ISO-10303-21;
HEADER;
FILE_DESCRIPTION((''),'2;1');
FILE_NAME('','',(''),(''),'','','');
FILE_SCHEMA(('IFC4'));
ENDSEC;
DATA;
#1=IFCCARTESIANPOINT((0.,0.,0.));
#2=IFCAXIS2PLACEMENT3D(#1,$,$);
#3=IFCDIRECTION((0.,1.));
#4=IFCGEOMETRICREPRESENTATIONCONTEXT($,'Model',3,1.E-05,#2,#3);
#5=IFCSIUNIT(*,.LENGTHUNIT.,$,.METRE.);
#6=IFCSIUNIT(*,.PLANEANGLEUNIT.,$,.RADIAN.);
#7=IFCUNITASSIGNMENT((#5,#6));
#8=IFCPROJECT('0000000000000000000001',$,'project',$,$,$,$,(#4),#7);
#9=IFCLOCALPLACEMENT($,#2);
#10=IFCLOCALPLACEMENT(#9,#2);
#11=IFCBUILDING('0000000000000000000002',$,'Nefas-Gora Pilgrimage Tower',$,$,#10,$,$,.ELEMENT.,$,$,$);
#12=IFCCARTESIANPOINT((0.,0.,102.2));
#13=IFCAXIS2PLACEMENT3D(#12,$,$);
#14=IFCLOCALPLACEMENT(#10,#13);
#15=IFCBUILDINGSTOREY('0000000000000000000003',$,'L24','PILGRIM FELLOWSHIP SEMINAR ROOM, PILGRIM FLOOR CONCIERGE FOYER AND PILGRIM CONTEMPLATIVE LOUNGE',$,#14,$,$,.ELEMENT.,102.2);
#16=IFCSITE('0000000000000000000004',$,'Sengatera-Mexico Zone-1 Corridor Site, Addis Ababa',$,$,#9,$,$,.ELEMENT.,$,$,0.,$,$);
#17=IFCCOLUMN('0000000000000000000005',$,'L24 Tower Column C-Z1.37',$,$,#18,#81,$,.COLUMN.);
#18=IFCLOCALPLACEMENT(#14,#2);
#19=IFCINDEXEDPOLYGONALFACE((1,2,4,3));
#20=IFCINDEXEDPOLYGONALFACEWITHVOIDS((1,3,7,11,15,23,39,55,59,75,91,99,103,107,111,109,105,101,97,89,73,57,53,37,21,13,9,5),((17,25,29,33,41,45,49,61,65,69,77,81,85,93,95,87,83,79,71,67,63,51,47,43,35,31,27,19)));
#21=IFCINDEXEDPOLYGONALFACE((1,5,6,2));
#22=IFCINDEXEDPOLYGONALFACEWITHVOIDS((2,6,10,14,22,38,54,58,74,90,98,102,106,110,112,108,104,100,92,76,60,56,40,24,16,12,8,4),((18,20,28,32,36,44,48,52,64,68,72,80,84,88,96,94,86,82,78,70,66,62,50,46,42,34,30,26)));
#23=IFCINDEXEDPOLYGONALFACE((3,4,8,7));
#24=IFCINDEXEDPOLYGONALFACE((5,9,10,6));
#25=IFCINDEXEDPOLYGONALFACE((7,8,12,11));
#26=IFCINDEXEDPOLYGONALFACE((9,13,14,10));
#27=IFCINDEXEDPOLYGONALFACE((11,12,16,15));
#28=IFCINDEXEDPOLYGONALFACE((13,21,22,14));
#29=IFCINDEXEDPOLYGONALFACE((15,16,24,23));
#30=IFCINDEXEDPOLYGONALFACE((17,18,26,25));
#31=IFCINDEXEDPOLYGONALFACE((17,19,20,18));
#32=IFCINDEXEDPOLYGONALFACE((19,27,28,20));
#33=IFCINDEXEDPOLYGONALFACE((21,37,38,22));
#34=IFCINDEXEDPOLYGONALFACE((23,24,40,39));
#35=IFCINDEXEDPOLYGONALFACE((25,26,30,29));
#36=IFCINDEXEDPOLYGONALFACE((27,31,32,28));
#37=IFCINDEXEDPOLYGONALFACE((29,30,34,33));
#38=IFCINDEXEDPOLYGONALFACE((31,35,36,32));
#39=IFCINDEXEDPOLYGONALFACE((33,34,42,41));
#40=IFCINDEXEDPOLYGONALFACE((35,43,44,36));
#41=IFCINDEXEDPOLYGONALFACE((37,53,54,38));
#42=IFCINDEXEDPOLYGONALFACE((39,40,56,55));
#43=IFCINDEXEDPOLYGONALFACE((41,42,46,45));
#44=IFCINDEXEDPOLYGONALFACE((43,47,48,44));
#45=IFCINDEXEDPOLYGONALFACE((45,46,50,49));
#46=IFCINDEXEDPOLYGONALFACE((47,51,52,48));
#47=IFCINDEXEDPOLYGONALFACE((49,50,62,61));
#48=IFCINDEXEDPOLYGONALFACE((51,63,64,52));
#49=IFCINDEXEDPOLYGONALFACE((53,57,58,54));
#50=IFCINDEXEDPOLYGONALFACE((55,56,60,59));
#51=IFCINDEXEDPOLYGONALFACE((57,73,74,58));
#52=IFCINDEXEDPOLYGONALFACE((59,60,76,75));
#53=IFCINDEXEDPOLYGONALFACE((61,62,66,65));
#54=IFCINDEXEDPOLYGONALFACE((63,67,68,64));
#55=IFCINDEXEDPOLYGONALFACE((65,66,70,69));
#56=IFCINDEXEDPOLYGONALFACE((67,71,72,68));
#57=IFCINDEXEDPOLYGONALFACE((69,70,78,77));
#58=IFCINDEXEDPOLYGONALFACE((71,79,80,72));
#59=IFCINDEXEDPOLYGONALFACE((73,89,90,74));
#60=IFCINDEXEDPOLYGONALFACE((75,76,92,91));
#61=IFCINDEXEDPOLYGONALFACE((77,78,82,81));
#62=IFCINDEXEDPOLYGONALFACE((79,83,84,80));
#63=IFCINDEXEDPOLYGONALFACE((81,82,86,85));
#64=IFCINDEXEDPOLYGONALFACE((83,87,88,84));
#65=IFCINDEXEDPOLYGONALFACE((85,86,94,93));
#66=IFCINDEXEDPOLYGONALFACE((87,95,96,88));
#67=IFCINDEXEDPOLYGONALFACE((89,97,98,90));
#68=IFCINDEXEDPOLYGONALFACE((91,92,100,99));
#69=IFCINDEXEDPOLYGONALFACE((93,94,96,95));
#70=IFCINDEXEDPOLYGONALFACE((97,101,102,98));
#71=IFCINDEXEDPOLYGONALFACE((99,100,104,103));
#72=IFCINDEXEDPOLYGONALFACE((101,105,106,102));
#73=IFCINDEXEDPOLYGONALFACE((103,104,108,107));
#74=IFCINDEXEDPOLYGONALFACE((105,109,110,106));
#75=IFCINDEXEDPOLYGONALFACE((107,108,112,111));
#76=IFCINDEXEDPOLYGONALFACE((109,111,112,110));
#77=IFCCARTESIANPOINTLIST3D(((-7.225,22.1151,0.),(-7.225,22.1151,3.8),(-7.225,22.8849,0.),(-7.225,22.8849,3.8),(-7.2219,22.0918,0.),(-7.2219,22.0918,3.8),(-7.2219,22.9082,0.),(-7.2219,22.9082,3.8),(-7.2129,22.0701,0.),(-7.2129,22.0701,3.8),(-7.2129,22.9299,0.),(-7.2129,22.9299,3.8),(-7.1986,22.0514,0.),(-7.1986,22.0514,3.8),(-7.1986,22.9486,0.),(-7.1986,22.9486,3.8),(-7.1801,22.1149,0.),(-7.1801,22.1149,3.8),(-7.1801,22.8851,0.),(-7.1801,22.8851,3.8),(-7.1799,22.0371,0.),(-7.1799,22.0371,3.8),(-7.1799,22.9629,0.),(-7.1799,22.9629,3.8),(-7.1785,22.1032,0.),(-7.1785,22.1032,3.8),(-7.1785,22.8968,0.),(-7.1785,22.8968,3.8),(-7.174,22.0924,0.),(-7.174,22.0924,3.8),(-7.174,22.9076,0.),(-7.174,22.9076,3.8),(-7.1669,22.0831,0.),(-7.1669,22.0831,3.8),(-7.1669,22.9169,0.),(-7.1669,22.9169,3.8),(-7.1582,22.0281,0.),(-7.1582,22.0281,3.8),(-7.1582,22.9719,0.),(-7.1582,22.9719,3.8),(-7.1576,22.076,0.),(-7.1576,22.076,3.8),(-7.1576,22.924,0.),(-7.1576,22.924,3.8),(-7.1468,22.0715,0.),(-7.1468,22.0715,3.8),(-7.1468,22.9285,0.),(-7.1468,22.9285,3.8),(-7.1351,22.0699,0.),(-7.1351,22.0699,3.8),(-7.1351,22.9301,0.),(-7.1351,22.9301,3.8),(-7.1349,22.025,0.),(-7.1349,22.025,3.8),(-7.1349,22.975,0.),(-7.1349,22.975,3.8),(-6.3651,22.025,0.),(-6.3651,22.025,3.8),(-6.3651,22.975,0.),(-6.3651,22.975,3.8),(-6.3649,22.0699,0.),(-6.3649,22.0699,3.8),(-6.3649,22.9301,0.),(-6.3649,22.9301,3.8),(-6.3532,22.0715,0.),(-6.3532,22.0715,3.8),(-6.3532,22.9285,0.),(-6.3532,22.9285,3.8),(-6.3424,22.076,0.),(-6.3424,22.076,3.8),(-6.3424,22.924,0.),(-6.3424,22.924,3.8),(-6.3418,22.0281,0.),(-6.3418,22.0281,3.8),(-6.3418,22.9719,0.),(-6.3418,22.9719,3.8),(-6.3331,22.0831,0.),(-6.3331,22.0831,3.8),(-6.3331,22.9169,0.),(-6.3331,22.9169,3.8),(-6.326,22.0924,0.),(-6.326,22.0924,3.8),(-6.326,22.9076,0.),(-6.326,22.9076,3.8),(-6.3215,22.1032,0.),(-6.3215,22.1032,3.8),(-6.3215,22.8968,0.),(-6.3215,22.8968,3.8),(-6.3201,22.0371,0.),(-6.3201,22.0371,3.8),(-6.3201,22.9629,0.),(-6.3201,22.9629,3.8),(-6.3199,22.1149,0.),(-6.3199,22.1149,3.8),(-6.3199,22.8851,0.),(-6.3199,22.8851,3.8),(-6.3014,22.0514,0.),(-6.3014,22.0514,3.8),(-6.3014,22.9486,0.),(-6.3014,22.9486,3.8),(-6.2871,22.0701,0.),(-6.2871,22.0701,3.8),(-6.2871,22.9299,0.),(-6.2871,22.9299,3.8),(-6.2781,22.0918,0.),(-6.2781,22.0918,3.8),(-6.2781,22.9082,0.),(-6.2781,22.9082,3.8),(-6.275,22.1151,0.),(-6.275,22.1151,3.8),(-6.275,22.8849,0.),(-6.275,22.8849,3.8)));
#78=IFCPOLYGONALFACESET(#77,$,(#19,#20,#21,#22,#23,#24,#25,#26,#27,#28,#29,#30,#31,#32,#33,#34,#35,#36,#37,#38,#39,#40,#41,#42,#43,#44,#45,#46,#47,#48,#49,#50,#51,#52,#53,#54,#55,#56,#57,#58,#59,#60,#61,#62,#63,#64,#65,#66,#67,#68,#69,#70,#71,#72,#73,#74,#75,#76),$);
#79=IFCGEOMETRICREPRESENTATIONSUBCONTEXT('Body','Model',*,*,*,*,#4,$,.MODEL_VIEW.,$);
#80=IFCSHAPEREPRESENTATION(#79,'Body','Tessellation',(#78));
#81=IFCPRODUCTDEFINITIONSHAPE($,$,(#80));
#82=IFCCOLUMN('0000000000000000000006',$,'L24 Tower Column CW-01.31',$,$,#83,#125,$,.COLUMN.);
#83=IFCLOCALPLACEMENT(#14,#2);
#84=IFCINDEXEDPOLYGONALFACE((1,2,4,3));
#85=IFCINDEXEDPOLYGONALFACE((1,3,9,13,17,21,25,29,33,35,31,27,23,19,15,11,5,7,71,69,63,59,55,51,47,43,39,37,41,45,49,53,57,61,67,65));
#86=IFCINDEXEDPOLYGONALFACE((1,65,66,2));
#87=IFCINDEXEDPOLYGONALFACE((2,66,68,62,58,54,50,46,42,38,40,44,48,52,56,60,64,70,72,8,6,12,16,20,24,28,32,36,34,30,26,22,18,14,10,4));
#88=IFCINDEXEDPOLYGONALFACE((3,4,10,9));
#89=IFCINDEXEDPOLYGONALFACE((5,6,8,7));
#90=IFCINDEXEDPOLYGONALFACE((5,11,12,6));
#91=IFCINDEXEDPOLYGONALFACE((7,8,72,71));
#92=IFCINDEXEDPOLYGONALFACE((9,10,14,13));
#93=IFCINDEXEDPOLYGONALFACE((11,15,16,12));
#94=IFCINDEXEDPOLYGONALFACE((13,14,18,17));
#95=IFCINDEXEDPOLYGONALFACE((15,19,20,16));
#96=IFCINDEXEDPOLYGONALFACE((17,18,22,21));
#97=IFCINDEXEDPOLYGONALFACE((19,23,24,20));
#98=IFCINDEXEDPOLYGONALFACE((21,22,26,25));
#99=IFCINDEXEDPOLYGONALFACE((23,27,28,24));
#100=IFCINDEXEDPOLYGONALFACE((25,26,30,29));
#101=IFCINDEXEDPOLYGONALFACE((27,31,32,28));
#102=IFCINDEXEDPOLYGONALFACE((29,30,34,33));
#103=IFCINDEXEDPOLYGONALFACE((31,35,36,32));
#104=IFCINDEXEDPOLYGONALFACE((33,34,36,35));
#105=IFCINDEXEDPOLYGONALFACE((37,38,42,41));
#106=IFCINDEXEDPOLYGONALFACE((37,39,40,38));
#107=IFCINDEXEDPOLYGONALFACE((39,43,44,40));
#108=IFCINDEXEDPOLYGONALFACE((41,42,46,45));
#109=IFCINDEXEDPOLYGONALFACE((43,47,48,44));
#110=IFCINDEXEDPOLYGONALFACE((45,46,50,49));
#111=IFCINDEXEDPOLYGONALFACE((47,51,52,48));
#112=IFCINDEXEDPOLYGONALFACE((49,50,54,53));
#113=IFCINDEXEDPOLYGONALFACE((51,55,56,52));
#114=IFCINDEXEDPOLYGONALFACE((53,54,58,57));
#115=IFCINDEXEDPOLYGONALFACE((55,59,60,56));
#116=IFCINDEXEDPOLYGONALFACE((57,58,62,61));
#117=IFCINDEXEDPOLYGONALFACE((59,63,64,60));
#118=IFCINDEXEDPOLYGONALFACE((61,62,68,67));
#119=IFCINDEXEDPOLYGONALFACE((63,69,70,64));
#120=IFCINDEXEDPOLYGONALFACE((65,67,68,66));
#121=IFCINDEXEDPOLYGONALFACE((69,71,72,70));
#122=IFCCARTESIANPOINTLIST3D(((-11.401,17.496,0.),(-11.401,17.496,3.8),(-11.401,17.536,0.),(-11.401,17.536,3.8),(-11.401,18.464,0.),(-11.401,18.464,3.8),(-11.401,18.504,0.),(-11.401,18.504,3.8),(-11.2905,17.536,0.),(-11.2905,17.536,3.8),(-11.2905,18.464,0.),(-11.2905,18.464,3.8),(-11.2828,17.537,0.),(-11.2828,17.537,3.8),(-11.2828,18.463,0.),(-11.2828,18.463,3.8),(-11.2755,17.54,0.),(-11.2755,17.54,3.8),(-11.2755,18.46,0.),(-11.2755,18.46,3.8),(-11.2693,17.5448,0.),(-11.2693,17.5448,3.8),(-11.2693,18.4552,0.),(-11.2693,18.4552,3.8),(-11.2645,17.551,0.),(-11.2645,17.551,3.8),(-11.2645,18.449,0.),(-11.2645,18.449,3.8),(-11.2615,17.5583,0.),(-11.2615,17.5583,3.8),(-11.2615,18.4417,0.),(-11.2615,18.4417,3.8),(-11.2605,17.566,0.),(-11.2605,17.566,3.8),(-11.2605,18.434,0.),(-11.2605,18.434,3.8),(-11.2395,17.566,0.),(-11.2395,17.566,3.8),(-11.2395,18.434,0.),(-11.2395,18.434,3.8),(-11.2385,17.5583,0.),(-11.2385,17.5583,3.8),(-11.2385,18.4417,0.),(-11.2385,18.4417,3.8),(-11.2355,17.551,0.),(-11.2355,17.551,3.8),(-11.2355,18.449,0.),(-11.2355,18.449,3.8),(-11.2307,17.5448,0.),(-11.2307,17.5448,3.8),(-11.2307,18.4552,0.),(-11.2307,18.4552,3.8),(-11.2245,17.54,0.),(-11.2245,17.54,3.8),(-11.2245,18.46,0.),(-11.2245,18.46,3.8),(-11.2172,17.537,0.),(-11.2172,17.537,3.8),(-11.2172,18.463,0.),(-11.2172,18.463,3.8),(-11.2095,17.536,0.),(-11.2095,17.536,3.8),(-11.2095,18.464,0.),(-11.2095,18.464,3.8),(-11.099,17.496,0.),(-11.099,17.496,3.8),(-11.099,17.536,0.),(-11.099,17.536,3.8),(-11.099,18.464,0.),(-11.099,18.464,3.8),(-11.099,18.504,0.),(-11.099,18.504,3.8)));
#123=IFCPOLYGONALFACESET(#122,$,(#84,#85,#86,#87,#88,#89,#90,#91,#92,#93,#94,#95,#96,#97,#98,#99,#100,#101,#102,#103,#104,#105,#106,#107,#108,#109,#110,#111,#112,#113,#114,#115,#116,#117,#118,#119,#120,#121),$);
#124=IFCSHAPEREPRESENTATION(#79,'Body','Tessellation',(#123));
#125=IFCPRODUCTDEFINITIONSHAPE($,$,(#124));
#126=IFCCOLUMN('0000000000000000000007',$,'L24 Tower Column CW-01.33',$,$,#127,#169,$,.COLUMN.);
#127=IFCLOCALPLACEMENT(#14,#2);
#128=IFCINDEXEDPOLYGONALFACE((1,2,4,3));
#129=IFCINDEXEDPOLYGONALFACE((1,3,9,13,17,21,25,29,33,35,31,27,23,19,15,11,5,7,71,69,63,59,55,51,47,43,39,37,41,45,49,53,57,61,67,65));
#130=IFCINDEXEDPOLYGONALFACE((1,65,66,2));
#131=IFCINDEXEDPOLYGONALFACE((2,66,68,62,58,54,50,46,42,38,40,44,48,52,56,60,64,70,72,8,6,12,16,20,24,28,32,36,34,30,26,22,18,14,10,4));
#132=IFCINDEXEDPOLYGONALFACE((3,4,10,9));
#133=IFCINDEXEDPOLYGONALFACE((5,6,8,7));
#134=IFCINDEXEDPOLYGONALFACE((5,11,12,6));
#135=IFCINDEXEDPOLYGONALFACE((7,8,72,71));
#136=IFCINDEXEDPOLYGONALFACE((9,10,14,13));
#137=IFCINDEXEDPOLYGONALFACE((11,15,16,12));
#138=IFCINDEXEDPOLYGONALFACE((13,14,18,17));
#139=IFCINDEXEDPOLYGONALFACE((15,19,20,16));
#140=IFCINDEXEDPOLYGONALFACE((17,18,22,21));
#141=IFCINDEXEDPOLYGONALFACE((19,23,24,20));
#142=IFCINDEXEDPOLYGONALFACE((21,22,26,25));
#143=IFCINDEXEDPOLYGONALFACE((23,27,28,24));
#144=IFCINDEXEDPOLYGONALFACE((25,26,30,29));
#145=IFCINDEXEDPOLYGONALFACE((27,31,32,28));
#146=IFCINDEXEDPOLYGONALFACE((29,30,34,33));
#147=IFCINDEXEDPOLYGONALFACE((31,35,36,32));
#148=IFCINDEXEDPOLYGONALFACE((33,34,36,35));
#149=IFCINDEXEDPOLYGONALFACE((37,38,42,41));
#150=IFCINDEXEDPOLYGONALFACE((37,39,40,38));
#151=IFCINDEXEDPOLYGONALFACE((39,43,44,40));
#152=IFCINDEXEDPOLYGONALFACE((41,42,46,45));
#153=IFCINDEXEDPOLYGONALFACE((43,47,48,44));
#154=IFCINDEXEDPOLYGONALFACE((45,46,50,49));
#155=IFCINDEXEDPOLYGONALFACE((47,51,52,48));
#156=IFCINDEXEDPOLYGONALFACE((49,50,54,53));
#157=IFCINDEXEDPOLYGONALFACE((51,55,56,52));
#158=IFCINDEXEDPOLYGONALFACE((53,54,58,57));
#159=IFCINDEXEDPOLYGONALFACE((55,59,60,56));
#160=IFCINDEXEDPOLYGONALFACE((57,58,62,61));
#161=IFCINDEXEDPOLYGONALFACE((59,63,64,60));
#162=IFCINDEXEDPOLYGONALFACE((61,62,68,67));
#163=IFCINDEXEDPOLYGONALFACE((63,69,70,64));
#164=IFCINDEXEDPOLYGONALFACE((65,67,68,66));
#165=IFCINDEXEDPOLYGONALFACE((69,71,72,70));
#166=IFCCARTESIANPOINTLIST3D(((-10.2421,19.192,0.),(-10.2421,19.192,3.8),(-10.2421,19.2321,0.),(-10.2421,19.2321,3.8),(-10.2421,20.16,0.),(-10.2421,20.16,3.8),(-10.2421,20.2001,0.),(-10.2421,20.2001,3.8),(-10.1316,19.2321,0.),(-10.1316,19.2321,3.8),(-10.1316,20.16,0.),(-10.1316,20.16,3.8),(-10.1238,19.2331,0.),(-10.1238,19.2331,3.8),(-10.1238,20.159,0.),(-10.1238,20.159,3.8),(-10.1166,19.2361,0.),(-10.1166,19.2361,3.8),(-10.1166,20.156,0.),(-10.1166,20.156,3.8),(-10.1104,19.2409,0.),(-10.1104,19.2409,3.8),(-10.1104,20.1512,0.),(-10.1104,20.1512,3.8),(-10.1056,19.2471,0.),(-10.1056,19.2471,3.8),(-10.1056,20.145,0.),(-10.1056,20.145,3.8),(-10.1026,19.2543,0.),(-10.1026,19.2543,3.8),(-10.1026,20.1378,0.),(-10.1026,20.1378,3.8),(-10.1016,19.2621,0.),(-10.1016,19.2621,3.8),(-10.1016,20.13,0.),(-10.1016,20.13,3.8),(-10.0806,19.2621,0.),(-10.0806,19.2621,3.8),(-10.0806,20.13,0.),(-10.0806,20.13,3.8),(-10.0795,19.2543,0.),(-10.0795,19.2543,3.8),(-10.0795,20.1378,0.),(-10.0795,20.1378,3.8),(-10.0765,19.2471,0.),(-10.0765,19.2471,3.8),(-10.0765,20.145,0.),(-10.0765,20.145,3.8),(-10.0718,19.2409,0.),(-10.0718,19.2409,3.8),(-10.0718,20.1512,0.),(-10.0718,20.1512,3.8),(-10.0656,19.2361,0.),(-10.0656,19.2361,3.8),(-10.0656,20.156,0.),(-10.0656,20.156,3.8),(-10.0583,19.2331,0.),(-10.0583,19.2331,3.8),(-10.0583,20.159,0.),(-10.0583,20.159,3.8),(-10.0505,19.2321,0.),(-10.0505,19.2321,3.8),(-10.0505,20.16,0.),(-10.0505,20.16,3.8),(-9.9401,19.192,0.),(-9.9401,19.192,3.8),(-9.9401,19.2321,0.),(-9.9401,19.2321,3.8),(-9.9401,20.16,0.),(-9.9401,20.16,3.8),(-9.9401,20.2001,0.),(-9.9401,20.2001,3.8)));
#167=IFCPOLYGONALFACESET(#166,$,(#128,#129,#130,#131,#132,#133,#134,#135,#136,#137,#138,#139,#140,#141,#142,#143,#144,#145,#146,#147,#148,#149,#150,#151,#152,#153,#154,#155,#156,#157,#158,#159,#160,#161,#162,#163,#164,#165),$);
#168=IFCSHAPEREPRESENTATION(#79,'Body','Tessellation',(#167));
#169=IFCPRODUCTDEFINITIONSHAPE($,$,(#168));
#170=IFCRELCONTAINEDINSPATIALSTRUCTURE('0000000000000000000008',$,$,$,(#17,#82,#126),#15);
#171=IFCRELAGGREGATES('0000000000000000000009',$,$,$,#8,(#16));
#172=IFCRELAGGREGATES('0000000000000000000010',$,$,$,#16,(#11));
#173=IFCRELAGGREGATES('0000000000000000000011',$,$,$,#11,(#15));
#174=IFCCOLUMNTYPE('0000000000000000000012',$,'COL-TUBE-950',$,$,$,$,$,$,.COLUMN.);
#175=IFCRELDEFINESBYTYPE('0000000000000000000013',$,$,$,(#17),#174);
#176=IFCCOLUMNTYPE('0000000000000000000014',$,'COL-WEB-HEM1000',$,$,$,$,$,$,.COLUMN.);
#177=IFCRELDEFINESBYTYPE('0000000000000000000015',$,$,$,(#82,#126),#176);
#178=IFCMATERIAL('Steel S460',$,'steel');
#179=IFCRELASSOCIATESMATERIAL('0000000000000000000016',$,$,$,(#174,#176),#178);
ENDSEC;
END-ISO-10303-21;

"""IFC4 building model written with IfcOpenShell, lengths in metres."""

from ifc_helpers import new_model, si_unit, direction, frame, origin, origin_2d, place, context, subcontext, project, spatial, hollow_rectangle, i_section, extrude, source, transform, mapped, material, material_profile, profile_set, type_object, element, save


model = new_model("IFC4")

# Units and contexts
model_context = context("Model", 3, precision=1e-05, world=origin(), true_north=direction((0.0, 1.0)))
body_context = subcontext(model_context, "Body", "Model", "MODEL_VIEW")
ifc_project = project(units=[si_unit("LENGTHUNIT", "METRE"), si_unit("PLANEANGLEUNIT", "RADIAN")], contexts=[model_context])

# Site, building, storey
site_placement = place(None, origin())
site = spatial("IfcSite", under=ifc_project, at=site_placement, Name="Sengatera-Mexico Zone-1 Corridor Site, Addis Ababa", CompositionType="ELEMENT", RefElevation=0.0)
building_placement = place(site_placement, origin())
building = spatial("IfcBuilding", under=site, at=building_placement, Name="Nefas-Gora Pilgrimage Tower", CompositionType="ELEMENT")
storey_placement = place(building_placement, frame((0.0, 0.0, 102.2)))
storey = spatial("IfcBuildingStorey", under=building, at=storey_placement, Name="L24", Description="PILGRIM FELLOWSHIP SEMINAR ROOM, PILGRIM FLOOR CONCIERGE FOYER AND PILGRIM CONTEMPLATIVE LOUNGE", CompositionType="ELEMENT", Elevation=102.2)

# Columns
ifc_material_1 = material(Name="Steel S460", Category="steel")
ifc_material_profile_1 = material_profile(ifc_material_1, hollow_rectangle(XDim=0.95, YDim=0.95, WallThickness=0.0449, InnerFilletRadius=0.0449, OuterFilletRadius=0.0901, at=origin_2d()), Name="BOX 950x950x45")
ifc_profile_set_1 = profile_set([ifc_material_profile_1], Name="Steel S460")
column_type_1 = type_object("IfcColumnType", Name="COL-TUBE-950", PredefinedType="COLUMN", material=ifc_profile_set_1)
shared_shape_1 = source(origin(), body_context, "Body", "SweptSolid", [
    extrude(hollow_rectangle(XDim=0.95, YDim=0.95, WallThickness=0.0449, InnerFilletRadius=0.0449, OuterFilletRadius=0.0901, at=origin_2d()), origin(), (0.0, 0.0, 1.0), 3.8),
])
column_placement = place(storey_placement, frame((-6.75, 22.5, 0.0), z_axis=(0.0, 0.0, 1.0), x_axis=(1.0, 0.0, 0.0)))
element("IfcColumn", 1, at=column_placement, inside=storey, type_object=column_type_1, Name="L24 Tower Column C-Z1.37", PredefinedType="COLUMN", context=body_context, shape_type="MappedRepresentation", body=[
    mapped(shared_shape_1, transform((0.0, 0.0, 0.0), x_axis=(1.0, 0.0, 0.0), y_axis=(0.0, 1.0, 0.0), z_axis=(0.0, 0.0, 1.0), scale=1.0)),
])
ifc_material_profile_2 = material_profile(ifc_material_1, i_section(OverallWidth=0.302, OverallDepth=1.0081, WebThickness=0.021, FlangeThickness=0.04, FilletRadius=0.03, at=origin_2d()), Name="HEM 1000")
ifc_profile_set_2 = profile_set([ifc_material_profile_2], Name="Steel S460")
column_type_2 = type_object("IfcColumnType", Name="COL-WEB-HEM1000", PredefinedType="COLUMN", material=ifc_profile_set_2)
shared_shape_2 = source(origin(), body_context, "Body", "SweptSolid", [
    extrude(i_section(OverallWidth=0.302, OverallDepth=1.0081, WebThickness=0.021, FlangeThickness=0.04, FilletRadius=0.03, at=origin_2d()), origin(), (0.0, 0.0, 1.0), 3.8),
])
for number, where, z_axis, x_axis, name in (
    (2, (-11.25, 18.0, 0.0), (0.0, 0.0, 1.0), (1.0, 0.0, 0.0), "L24 Tower Column CW-01.31"),
    (3, (-10.0911, 19.696, 0.0), (0.0, 0.0, 1.0), (1.0, 0.0, 0.0), "L24 Tower Column CW-01.33"),
):
    element("IfcColumn", number, at=place(storey_placement, frame(where, z_axis=z_axis, x_axis=x_axis)), inside=storey, type_object=column_type_2, Name=name, PredefinedType="COLUMN", context=body_context, shape_type="MappedRepresentation", body=[
        mapped(shared_shape_2, transform((0.0, 0.0, 0.0), x_axis=(1.0, 0.0, 0.0), y_axis=(0.0, 1.0, 0.0), z_axis=(0.0, 0.0, 1.0), scale=1.0)),
    ])

save(model, "model.ifc")
